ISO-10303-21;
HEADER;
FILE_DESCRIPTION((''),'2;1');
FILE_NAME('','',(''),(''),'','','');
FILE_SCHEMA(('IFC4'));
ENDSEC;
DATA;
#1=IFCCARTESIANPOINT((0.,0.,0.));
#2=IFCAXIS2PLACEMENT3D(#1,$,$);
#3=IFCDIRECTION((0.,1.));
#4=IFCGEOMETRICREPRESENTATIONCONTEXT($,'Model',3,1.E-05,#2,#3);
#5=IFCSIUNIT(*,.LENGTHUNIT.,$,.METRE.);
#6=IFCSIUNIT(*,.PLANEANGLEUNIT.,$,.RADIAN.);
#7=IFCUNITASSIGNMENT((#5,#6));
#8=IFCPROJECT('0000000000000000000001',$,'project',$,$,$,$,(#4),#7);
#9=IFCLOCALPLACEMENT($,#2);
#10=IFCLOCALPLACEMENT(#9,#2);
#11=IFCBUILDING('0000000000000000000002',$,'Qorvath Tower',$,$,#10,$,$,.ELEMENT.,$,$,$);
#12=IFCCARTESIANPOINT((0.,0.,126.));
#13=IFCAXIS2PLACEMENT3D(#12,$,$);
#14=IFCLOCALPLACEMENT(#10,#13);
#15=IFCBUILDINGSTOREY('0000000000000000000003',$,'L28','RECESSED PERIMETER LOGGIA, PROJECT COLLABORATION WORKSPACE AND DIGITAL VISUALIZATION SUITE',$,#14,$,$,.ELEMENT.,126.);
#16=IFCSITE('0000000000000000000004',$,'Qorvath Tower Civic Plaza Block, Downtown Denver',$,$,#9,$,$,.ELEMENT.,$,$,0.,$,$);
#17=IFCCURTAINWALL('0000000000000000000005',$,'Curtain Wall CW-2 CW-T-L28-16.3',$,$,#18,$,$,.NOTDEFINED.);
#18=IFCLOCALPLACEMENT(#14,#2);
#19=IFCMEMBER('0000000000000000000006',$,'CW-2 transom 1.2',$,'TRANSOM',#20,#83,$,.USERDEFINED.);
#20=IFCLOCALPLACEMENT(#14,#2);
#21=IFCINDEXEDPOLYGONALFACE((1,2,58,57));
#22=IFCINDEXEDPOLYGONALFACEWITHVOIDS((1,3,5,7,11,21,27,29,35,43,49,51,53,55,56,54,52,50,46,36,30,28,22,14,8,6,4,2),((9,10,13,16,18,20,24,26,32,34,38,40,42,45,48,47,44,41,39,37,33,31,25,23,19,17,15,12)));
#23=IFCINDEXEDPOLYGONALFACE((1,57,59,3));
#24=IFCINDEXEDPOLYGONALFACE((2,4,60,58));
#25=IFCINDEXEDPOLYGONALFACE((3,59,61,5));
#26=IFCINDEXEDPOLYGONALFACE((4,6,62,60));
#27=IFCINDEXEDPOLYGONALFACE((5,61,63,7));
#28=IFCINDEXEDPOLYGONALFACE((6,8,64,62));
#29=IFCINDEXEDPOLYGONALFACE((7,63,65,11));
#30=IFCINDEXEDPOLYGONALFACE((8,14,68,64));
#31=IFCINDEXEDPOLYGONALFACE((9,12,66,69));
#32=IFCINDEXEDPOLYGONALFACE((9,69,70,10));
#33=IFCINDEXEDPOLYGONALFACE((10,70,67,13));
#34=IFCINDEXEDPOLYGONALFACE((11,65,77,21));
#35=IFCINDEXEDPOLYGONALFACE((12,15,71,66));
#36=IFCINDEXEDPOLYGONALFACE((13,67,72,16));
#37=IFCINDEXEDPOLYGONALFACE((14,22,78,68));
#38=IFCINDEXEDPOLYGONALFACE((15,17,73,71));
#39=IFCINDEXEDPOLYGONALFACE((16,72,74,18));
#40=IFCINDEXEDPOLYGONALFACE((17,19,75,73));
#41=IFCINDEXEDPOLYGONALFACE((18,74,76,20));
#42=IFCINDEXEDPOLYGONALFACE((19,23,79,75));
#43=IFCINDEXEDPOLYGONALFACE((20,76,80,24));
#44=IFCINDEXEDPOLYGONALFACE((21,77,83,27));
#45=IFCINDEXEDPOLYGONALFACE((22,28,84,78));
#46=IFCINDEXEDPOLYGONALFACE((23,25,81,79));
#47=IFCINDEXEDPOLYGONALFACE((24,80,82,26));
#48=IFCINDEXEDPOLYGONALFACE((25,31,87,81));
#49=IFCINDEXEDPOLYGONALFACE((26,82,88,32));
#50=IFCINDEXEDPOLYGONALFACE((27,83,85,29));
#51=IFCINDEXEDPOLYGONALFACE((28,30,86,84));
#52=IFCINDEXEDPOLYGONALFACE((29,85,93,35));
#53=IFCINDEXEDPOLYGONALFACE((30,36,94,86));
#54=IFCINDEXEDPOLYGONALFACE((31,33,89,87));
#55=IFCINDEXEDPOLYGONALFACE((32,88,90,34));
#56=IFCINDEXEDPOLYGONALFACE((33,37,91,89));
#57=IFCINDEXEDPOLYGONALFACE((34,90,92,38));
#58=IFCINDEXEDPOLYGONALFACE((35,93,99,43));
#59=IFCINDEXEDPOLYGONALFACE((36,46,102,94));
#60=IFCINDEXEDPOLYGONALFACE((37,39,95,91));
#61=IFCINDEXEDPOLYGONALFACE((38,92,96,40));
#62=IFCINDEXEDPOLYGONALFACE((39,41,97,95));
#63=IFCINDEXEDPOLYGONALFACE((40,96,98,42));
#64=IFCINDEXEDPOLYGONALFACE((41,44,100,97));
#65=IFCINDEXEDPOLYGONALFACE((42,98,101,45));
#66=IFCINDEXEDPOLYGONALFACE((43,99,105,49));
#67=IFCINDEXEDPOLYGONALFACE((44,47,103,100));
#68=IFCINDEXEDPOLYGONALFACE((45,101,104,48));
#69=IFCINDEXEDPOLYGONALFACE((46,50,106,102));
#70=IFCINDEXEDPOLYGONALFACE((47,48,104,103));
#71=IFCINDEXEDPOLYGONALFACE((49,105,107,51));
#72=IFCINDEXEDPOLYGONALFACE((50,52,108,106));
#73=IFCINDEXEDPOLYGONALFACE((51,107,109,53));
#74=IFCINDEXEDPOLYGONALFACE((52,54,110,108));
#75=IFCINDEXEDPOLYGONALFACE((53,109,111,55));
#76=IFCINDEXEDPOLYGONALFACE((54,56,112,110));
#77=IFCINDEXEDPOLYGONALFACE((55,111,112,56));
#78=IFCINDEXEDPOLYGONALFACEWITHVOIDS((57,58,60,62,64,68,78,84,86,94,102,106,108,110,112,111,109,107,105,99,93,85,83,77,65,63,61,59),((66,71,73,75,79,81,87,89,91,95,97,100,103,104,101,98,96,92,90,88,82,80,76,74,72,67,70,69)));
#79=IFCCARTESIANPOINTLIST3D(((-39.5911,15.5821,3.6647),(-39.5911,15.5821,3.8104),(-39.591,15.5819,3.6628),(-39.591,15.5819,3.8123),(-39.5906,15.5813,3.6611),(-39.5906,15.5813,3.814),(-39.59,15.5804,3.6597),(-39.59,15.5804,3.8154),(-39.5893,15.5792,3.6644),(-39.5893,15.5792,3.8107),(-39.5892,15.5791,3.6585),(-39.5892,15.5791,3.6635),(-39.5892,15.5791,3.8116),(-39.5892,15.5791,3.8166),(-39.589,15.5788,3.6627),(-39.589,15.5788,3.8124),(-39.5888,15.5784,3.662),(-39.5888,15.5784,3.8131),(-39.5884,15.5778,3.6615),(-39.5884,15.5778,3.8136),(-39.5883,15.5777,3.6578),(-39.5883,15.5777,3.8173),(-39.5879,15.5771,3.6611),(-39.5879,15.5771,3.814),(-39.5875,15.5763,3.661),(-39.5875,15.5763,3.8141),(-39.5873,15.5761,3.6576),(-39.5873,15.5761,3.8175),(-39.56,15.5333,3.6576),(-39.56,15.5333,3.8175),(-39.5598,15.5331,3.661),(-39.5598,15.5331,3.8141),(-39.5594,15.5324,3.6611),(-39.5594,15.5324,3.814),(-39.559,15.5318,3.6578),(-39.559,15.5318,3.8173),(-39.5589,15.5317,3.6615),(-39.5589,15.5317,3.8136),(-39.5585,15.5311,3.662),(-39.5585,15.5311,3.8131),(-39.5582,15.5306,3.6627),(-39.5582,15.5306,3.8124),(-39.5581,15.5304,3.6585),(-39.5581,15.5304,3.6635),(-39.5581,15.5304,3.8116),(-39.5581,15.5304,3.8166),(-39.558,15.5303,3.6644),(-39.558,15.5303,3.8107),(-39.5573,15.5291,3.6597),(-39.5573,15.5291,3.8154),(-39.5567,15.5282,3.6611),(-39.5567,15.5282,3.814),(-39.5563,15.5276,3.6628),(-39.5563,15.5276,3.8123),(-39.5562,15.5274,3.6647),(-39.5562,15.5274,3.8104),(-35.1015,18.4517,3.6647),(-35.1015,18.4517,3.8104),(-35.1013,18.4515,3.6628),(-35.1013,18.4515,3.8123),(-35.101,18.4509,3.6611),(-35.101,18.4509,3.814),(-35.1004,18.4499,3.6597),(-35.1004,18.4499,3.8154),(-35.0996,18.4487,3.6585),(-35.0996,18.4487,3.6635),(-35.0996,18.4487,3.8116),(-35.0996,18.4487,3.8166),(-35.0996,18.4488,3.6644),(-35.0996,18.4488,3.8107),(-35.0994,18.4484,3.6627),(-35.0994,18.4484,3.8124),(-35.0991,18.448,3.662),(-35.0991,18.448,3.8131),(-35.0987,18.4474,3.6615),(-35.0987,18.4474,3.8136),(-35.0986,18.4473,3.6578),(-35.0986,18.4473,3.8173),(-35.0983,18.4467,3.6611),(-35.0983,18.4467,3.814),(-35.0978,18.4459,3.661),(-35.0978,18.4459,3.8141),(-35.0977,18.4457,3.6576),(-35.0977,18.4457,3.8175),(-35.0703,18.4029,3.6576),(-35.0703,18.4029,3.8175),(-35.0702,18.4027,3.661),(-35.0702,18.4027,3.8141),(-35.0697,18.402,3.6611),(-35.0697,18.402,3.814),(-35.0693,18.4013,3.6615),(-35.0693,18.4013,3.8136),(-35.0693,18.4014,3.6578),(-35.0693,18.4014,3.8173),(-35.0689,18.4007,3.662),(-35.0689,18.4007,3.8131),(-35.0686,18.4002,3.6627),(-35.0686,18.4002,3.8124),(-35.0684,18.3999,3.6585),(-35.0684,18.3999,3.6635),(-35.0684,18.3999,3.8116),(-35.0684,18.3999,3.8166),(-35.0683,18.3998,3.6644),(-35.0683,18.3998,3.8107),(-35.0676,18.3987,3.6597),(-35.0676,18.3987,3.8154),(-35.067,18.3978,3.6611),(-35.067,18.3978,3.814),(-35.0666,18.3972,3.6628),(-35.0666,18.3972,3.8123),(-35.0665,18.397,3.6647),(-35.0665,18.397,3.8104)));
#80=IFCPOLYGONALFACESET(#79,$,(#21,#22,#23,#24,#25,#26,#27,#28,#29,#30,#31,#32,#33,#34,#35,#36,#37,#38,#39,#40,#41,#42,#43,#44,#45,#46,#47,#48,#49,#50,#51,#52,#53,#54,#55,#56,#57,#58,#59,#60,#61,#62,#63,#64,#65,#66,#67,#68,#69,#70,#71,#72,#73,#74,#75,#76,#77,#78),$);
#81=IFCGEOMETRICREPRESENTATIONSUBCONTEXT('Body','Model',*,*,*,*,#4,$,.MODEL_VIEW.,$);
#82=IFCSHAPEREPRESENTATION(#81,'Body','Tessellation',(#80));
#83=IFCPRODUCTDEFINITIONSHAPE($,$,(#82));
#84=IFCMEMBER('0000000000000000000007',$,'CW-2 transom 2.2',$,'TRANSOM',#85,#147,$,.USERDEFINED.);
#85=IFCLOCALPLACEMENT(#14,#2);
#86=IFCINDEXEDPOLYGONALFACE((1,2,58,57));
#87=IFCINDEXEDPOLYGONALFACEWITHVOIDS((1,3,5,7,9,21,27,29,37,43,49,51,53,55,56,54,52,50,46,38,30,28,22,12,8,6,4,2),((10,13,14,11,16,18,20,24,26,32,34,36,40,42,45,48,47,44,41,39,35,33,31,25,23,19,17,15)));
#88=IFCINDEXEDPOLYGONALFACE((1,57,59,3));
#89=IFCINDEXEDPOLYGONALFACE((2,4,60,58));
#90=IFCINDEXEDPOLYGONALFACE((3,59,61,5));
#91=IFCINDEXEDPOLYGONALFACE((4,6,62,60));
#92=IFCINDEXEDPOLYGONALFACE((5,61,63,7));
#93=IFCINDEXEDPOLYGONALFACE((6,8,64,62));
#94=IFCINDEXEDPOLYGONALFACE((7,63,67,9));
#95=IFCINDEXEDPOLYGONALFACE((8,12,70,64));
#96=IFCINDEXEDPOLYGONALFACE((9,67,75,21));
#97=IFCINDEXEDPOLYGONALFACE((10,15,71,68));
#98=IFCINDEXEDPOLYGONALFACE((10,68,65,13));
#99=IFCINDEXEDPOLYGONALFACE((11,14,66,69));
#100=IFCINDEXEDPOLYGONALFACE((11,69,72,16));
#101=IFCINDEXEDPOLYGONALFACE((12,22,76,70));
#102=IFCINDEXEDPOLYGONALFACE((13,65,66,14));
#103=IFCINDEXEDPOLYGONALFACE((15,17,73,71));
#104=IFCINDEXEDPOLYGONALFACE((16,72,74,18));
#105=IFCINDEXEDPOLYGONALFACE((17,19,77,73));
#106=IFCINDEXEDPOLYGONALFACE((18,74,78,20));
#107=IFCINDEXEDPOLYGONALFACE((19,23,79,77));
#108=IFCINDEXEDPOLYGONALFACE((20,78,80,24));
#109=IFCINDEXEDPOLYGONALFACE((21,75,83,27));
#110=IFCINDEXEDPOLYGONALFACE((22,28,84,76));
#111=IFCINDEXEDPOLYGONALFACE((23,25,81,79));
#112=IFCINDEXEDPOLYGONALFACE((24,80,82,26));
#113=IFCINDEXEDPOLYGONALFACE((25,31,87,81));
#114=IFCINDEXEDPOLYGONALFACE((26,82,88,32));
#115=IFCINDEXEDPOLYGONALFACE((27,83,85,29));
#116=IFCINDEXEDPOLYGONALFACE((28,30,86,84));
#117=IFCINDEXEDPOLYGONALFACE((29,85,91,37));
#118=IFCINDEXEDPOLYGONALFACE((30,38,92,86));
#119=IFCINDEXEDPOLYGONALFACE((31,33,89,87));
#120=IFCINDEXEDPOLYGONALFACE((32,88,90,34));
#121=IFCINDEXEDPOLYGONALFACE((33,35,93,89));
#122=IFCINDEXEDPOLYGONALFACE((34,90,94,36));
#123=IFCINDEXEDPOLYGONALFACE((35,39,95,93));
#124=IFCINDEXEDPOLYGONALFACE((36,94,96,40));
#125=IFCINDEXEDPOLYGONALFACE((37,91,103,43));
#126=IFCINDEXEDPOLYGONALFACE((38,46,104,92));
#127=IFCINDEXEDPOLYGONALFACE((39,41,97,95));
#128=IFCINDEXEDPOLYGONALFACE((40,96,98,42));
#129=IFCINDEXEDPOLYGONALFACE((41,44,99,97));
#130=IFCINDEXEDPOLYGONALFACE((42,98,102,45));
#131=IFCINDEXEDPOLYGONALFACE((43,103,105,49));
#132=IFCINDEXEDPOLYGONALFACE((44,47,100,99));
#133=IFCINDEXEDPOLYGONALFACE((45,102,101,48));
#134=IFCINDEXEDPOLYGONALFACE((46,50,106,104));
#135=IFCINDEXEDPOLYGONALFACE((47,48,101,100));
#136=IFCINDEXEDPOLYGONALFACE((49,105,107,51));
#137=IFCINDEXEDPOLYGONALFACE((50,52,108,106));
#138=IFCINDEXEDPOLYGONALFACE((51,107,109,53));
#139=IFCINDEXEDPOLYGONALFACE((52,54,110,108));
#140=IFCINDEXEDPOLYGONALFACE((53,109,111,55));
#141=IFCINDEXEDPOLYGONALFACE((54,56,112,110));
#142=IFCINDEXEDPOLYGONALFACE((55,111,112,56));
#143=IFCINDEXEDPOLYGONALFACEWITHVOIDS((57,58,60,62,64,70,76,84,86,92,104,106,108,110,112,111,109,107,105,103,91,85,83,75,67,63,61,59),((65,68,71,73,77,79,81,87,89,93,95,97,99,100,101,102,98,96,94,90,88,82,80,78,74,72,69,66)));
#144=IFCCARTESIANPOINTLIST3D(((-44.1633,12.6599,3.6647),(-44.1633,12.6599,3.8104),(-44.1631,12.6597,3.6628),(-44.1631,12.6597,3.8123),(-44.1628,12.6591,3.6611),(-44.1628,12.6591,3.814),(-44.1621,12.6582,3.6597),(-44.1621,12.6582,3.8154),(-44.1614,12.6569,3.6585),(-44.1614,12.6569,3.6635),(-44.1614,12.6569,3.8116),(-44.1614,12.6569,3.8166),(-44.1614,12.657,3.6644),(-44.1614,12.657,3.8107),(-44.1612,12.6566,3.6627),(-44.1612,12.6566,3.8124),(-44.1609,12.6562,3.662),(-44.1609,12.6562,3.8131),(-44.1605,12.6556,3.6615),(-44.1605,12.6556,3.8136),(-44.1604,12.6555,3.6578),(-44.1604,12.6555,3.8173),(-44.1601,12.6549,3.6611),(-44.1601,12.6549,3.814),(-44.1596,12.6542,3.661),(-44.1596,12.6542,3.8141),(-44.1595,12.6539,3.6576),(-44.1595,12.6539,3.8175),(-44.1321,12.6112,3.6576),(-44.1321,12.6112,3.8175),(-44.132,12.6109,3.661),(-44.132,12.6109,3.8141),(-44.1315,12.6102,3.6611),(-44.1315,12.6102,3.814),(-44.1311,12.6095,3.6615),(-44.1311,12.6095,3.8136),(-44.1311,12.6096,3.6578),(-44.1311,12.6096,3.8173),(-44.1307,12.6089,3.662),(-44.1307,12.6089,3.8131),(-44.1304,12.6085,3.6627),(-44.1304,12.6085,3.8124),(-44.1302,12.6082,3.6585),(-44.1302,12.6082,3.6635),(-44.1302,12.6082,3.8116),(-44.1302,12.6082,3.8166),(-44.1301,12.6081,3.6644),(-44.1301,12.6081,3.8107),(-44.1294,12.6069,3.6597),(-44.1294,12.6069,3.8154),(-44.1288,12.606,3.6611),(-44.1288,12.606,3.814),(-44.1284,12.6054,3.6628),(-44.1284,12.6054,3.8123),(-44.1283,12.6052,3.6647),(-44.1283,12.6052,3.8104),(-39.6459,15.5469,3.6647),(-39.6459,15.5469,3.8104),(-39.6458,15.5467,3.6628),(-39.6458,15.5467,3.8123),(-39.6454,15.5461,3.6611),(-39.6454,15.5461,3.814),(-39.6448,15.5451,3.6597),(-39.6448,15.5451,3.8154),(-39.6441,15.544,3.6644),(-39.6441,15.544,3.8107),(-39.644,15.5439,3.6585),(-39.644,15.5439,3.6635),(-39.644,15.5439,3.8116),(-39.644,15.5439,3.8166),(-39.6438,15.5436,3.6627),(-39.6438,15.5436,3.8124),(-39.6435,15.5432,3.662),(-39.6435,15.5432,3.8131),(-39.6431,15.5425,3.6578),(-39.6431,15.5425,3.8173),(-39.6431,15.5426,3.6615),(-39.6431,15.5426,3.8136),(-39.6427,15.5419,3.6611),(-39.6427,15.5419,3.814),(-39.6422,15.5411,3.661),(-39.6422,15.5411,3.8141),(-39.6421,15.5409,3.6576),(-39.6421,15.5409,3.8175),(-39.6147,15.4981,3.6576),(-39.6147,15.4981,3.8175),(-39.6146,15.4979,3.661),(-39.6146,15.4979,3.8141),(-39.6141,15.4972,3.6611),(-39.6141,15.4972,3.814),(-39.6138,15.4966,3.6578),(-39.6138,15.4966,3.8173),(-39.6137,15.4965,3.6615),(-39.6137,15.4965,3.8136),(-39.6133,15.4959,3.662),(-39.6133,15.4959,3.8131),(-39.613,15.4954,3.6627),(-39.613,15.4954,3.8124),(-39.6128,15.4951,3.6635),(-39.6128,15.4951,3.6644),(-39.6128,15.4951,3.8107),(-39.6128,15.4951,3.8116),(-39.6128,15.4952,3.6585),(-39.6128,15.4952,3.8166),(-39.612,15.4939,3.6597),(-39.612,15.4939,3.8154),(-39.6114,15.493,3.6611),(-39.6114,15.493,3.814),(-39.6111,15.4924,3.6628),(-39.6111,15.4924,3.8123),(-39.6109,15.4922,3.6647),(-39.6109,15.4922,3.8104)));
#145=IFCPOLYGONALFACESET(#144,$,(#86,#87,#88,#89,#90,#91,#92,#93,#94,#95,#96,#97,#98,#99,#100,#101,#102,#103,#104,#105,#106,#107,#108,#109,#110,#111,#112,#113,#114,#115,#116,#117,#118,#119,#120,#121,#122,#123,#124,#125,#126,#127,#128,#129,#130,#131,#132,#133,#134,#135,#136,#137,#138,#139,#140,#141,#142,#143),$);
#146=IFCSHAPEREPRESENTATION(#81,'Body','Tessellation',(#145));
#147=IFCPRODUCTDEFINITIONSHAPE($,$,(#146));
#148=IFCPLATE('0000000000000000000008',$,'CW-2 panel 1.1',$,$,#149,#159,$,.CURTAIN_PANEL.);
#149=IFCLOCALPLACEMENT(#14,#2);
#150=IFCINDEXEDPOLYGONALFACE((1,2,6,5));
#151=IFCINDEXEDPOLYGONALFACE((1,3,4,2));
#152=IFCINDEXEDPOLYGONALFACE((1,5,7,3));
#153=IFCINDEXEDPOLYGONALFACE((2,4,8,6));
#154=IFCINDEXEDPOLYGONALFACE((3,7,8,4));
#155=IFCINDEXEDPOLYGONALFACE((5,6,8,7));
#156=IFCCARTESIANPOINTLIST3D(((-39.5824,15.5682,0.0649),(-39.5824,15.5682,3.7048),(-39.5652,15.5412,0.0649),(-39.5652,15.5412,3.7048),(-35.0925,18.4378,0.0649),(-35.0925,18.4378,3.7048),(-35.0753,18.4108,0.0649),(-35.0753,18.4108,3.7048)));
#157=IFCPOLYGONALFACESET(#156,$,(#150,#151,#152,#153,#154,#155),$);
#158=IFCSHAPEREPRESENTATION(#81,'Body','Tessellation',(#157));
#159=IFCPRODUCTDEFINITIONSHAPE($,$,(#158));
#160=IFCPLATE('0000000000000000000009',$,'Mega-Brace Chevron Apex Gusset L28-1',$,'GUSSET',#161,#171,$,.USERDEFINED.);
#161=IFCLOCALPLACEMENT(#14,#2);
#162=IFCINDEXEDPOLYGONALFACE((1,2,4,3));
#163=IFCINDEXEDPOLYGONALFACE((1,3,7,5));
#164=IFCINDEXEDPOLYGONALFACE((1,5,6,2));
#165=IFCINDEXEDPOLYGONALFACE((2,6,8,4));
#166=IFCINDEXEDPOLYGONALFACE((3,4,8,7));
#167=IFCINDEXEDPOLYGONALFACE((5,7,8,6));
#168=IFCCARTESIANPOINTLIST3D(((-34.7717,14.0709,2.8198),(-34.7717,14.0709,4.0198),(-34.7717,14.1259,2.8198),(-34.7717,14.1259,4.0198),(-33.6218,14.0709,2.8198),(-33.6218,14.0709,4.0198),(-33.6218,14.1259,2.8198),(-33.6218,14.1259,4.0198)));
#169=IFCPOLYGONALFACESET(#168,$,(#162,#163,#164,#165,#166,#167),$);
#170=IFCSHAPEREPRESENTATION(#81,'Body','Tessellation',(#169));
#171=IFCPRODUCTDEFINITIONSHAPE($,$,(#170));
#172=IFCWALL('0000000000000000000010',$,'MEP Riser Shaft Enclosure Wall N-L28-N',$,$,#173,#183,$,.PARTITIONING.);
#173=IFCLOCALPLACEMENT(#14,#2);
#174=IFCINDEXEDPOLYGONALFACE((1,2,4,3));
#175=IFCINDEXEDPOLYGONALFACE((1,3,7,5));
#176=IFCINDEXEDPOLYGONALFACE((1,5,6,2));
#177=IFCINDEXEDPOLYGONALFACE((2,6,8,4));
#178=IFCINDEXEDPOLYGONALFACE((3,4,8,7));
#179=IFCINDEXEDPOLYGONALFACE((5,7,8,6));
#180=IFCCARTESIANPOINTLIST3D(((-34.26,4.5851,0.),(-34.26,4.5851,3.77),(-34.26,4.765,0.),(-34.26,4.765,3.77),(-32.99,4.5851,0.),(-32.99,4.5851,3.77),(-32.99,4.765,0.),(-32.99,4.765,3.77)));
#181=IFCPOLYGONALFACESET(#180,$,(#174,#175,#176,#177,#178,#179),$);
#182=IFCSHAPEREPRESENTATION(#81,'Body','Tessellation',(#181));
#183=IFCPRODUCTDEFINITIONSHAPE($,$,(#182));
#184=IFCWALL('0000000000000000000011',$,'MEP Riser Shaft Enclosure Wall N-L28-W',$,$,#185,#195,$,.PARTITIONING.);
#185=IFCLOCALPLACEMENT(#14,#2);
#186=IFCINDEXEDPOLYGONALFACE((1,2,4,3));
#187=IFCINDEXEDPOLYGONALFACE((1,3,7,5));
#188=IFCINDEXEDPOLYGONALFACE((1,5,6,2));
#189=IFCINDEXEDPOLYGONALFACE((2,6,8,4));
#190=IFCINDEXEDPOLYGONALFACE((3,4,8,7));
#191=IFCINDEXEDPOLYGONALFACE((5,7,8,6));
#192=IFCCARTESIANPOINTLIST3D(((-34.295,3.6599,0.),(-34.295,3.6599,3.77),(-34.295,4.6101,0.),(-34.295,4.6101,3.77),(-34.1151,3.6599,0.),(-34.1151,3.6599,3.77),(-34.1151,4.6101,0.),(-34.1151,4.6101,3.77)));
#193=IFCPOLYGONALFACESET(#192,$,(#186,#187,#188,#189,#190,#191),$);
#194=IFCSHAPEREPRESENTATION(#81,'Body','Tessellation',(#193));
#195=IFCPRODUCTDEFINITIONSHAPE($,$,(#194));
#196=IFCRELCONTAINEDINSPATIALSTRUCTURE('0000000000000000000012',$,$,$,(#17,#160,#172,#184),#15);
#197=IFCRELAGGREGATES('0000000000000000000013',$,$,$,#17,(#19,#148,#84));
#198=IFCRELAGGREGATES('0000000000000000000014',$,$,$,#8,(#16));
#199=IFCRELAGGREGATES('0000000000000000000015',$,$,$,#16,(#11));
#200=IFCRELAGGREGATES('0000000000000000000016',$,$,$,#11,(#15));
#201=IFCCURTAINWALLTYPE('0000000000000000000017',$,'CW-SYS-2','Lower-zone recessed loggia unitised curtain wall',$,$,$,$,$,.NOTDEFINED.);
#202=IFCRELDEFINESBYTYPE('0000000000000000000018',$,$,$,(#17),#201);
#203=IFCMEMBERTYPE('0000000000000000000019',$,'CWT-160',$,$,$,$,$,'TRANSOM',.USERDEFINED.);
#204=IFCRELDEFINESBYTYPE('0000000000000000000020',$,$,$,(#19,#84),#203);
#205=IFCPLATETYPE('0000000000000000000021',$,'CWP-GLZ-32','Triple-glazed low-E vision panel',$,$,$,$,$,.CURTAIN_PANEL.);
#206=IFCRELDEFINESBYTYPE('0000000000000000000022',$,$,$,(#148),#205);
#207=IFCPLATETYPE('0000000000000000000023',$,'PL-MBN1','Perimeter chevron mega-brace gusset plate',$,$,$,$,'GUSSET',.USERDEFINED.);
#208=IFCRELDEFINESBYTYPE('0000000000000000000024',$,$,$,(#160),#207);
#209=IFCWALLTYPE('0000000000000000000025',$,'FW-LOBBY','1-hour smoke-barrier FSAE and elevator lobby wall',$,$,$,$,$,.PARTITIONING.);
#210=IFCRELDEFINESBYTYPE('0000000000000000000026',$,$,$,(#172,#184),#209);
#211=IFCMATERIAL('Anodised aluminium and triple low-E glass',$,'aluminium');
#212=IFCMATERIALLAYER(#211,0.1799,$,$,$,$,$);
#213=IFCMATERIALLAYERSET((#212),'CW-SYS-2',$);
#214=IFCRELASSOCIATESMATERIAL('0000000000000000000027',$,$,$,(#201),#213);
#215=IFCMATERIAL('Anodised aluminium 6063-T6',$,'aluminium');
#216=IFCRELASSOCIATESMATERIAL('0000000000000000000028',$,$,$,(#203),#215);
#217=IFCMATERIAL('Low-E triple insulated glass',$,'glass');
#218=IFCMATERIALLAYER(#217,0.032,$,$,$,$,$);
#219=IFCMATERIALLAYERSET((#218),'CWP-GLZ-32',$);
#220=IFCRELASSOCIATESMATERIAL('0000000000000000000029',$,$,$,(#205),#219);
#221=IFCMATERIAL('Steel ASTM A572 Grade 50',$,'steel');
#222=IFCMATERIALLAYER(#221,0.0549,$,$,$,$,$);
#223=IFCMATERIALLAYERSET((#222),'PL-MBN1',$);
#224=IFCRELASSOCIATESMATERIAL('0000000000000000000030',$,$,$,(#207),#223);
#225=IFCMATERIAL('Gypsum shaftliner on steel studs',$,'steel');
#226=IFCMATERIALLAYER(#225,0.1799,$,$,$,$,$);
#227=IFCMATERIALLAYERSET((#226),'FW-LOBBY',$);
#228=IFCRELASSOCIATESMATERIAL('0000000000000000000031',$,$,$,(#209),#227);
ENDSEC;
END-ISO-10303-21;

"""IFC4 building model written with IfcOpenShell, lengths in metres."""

from ifc_helpers import new_model, si_unit, direction, frame, frame_2d, origin, origin_2d, place, context, subcontext, project, spatial, rectangle, hollow_rectangle, extrude, material, layer, layer_set, material_profile, profile_set, type_object, element, aggregate, save


model = new_model("IFC4")

# Units and contexts
model_context = context("Model", 3, precision=1e-05, world=origin(), true_north=direction((0.0, 1.0)))
body_context = subcontext(model_context, "Body", "Model", "MODEL_VIEW")
ifc_project = project(units=[si_unit("LENGTHUNIT", "METRE"), si_unit("PLANEANGLEUNIT", "RADIAN")], contexts=[model_context])

# Site, building, storey
site_placement = place(None, origin())
site = spatial("IfcSite", under=ifc_project, at=site_placement, Name="Qorvath Tower Civic Plaza Block, Downtown Denver", CompositionType="ELEMENT", RefElevation=0.0)
building_placement = place(site_placement, origin())
building = spatial("IfcBuilding", under=site, at=building_placement, Name="Qorvath Tower", CompositionType="ELEMENT")
storey_placement = place(building_placement, frame((0.0, 0.0, 126.0)))
storey = spatial("IfcBuildingStorey", under=building, at=storey_placement, Name="L28", Description="RECESSED PERIMETER LOGGIA, PROJECT COLLABORATION WORKSPACE AND DIGITAL VISUALIZATION SUITE", CompositionType="ELEMENT", Elevation=126.0)

# Shared definitions
ifc_material_1 = material(Name="Anodised aluminium and triple low-E glass", Category="aluminium")
ifc_layer_1 = layer(ifc_material_1, 0.1799)
ifc_layer_set_1 = layer_set([ifc_layer_1], Name="CW-SYS-2")
curtain_wall_type = type_object("IfcCurtainWallType", Name="CW-SYS-2", Description="Lower-zone recessed loggia unitised curtain wall", PredefinedType="NOTDEFINED", material=ifc_layer_set_1)

# Curtain wall, members, plate
curtain_wall_1_placement = place(storey_placement, origin())
curtain_wall_1 = element("IfcCurtainWall", 1, at=curtain_wall_1_placement, inside=storey, type_object=curtain_wall_type, Name="Curtain Wall CW-2 CW-T-L28-16.3", PredefinedType="NOTDEFINED")
ifc_material_2 = material(Name="Anodised aluminium 6063-T6", Category="aluminium")
ifc_material_profile_1 = material_profile(ifc_material_2, hollow_rectangle(XDim=0.0649, YDim=0.1599, WallThickness=0.0034, InnerFilletRadius=0.0034, OuterFilletRadius=0.0071, at=origin_2d()), Name="CWT 160x65")
ifc_profile_set_1 = profile_set([ifc_material_profile_1], Name="Anodised aluminium 6063-T6")
member_type_1 = type_object("IfcMemberType", Name="CWT-160", ElementType="TRANSOM", PredefinedType="USERDEFINED", material=ifc_profile_set_1)
member_1_placement = place(storey_placement, frame((-35.084, 18.4243, 3.7375), z_axis=(-0.842596, -0.538547, 0.0), x_axis=(0.538547, -0.842596, 0.0)))
member_1 = element("IfcMember", 2, at=member_1_placement, type_object=member_type_1, Name="CW-2 transom 1.2", ObjectType="TRANSOM", PredefinedType="USERDEFINED", context=body_context, shape_type="SweptSolid", body=[
    extrude(hollow_rectangle(XDim=0.0649, YDim=0.1599, WallThickness=0.0034, InnerFilletRadius=0.0034, OuterFilletRadius=0.0071, at=origin_2d()), origin(), (0.0, 0.0, 1.0), 5.3284),
])
member_2_placement = place(storey_placement, frame((-39.6284, 15.5195, 3.7375), z_axis=(-0.842621, -0.538507, 0.0), x_axis=(0.538507, -0.842621, 0.0)))
member_2 = element("IfcMember", 3, at=member_2_placement, type_object=member_type_1, Name="CW-2 transom 2.2", ObjectType="TRANSOM", PredefinedType="USERDEFINED", context=body_context, shape_type="SweptSolid", body=[
    extrude(hollow_rectangle(XDim=0.0649, YDim=0.1599, WallThickness=0.0034, InnerFilletRadius=0.0034, OuterFilletRadius=0.0071, at=origin_2d()), origin(), (0.0, 0.0, 1.0), 5.3611),
])
ifc_material_3 = material(Name="Low-E triple insulated glass", Category="glass")
ifc_layer_2 = layer(ifc_material_3, 0.032)
ifc_layer_set_2 = layer_set([ifc_layer_2], Name="CWP-GLZ-32")
plate_type_1 = type_object("IfcPlateType", Name="CWP-GLZ-32", Description="Triple-glazed low-E vision panel", PredefinedType="CURTAIN_PANEL", material=ifc_layer_set_2)
plate_1_placement = place(storey_placement, frame((-37.3289, 16.9895, 0.0649), z_axis=(0.0, 0.0, 1.0), x_axis=(-0.842604, -0.538534, 0.0)))
plate_1 = element("IfcPlate", 4, at=plate_1_placement, type_object=plate_type_1, Name="CW-2 panel 1.1", PredefinedType="CURTAIN_PANEL", context=body_context, shape_type="SweptSolid", body=[
    extrude(rectangle(XDim=5.3286, YDim=0.032, at=origin_2d()), origin(), (0.0, 0.0, 1.0), 3.6399),
])
aggregate(curtain_wall_1, [member_1, plate_1, member_2])

# Plate
ifc_material_4 = material(Name="Steel ASTM A572 Grade 50", Category="steel")
ifc_layer_3 = layer(ifc_material_4, 0.0549)
ifc_layer_set_3 = layer_set([ifc_layer_3], Name="PL-MBN1")
plate_type_2 = type_object("IfcPlateType", Name="PL-MBN1", Description="Perimeter chevron mega-brace gusset plate", ElementType="GUSSET", PredefinedType="USERDEFINED", material=ifc_layer_set_3)
plate_2_placement = place(storey_placement, frame((-34.1968, 14.0984, 2.8198), z_axis=(0.0, 0.0, 1.0), x_axis=(1.0, 0.0, 0.0)))
element("IfcPlate", 5, at=plate_2_placement, inside=storey, type_object=plate_type_2, Name="Mega-Brace Chevron Apex Gusset L28-1", ObjectType="GUSSET", PredefinedType="USERDEFINED", context=body_context, shape_type="SweptSolid", body=[
    extrude(rectangle(XDim=1.1499, YDim=0.0549, at=origin_2d()), origin(), (0.0, 0.0, 1.0), 1.2),
])

# Walls
ifc_material_5 = material(Name="Gypsum shaftliner on steel studs", Category="steel")
ifc_layer_4 = layer(ifc_material_5, 0.1799)
ifc_layer_set_4 = layer_set([ifc_layer_4], Name="FW-LOBBY")
wall_type_1 = type_object("IfcWallType", Name="FW-LOBBY", Description="1-hour smoke-barrier FSAE and elevator lobby wall", PredefinedType="PARTITIONING", material=ifc_layer_set_4)
wall_1_placement = place(storey_placement, frame((-34.26, 4.675, 0.0), z_axis=(0.0, 0.0, 1.0), x_axis=(1.0, 0.0, 0.0)))
element("IfcWall", 6, at=wall_1_placement, inside=storey, type_object=wall_type_1, Name="MEP Riser Shaft Enclosure Wall N-L28-N", PredefinedType="PARTITIONING", context=body_context, shape_type="SweptSolid", body=[
    extrude(rectangle(XDim=1.27, YDim=0.1799, at=frame_2d((0.635, 0.0))), origin(), (0.0, 0.0, 1.0), 3.77),
])
for number, where, z_axis, x_axis, name in (
    (7, (-34.2051, 3.6599, 0.0), (0.0, 0.0, 1.0), (0.0, 1.0, 0.0), "MEP Riser Shaft Enclosure Wall N-L28-W"),
):
    element("IfcWall", number, at=place(storey_placement, frame(where, z_axis=z_axis, x_axis=x_axis)), inside=storey, type_object=wall_type_1, Name=name, PredefinedType="PARTITIONING", context=body_context, shape_type="SweptSolid", body=[
        extrude(rectangle(XDim=0.9502, YDim=0.1799, at=frame_2d((0.4751, 0.0))), origin(), (0.0, 0.0, 1.0), 3.77),
    ])

save(model, "model.ifc")
